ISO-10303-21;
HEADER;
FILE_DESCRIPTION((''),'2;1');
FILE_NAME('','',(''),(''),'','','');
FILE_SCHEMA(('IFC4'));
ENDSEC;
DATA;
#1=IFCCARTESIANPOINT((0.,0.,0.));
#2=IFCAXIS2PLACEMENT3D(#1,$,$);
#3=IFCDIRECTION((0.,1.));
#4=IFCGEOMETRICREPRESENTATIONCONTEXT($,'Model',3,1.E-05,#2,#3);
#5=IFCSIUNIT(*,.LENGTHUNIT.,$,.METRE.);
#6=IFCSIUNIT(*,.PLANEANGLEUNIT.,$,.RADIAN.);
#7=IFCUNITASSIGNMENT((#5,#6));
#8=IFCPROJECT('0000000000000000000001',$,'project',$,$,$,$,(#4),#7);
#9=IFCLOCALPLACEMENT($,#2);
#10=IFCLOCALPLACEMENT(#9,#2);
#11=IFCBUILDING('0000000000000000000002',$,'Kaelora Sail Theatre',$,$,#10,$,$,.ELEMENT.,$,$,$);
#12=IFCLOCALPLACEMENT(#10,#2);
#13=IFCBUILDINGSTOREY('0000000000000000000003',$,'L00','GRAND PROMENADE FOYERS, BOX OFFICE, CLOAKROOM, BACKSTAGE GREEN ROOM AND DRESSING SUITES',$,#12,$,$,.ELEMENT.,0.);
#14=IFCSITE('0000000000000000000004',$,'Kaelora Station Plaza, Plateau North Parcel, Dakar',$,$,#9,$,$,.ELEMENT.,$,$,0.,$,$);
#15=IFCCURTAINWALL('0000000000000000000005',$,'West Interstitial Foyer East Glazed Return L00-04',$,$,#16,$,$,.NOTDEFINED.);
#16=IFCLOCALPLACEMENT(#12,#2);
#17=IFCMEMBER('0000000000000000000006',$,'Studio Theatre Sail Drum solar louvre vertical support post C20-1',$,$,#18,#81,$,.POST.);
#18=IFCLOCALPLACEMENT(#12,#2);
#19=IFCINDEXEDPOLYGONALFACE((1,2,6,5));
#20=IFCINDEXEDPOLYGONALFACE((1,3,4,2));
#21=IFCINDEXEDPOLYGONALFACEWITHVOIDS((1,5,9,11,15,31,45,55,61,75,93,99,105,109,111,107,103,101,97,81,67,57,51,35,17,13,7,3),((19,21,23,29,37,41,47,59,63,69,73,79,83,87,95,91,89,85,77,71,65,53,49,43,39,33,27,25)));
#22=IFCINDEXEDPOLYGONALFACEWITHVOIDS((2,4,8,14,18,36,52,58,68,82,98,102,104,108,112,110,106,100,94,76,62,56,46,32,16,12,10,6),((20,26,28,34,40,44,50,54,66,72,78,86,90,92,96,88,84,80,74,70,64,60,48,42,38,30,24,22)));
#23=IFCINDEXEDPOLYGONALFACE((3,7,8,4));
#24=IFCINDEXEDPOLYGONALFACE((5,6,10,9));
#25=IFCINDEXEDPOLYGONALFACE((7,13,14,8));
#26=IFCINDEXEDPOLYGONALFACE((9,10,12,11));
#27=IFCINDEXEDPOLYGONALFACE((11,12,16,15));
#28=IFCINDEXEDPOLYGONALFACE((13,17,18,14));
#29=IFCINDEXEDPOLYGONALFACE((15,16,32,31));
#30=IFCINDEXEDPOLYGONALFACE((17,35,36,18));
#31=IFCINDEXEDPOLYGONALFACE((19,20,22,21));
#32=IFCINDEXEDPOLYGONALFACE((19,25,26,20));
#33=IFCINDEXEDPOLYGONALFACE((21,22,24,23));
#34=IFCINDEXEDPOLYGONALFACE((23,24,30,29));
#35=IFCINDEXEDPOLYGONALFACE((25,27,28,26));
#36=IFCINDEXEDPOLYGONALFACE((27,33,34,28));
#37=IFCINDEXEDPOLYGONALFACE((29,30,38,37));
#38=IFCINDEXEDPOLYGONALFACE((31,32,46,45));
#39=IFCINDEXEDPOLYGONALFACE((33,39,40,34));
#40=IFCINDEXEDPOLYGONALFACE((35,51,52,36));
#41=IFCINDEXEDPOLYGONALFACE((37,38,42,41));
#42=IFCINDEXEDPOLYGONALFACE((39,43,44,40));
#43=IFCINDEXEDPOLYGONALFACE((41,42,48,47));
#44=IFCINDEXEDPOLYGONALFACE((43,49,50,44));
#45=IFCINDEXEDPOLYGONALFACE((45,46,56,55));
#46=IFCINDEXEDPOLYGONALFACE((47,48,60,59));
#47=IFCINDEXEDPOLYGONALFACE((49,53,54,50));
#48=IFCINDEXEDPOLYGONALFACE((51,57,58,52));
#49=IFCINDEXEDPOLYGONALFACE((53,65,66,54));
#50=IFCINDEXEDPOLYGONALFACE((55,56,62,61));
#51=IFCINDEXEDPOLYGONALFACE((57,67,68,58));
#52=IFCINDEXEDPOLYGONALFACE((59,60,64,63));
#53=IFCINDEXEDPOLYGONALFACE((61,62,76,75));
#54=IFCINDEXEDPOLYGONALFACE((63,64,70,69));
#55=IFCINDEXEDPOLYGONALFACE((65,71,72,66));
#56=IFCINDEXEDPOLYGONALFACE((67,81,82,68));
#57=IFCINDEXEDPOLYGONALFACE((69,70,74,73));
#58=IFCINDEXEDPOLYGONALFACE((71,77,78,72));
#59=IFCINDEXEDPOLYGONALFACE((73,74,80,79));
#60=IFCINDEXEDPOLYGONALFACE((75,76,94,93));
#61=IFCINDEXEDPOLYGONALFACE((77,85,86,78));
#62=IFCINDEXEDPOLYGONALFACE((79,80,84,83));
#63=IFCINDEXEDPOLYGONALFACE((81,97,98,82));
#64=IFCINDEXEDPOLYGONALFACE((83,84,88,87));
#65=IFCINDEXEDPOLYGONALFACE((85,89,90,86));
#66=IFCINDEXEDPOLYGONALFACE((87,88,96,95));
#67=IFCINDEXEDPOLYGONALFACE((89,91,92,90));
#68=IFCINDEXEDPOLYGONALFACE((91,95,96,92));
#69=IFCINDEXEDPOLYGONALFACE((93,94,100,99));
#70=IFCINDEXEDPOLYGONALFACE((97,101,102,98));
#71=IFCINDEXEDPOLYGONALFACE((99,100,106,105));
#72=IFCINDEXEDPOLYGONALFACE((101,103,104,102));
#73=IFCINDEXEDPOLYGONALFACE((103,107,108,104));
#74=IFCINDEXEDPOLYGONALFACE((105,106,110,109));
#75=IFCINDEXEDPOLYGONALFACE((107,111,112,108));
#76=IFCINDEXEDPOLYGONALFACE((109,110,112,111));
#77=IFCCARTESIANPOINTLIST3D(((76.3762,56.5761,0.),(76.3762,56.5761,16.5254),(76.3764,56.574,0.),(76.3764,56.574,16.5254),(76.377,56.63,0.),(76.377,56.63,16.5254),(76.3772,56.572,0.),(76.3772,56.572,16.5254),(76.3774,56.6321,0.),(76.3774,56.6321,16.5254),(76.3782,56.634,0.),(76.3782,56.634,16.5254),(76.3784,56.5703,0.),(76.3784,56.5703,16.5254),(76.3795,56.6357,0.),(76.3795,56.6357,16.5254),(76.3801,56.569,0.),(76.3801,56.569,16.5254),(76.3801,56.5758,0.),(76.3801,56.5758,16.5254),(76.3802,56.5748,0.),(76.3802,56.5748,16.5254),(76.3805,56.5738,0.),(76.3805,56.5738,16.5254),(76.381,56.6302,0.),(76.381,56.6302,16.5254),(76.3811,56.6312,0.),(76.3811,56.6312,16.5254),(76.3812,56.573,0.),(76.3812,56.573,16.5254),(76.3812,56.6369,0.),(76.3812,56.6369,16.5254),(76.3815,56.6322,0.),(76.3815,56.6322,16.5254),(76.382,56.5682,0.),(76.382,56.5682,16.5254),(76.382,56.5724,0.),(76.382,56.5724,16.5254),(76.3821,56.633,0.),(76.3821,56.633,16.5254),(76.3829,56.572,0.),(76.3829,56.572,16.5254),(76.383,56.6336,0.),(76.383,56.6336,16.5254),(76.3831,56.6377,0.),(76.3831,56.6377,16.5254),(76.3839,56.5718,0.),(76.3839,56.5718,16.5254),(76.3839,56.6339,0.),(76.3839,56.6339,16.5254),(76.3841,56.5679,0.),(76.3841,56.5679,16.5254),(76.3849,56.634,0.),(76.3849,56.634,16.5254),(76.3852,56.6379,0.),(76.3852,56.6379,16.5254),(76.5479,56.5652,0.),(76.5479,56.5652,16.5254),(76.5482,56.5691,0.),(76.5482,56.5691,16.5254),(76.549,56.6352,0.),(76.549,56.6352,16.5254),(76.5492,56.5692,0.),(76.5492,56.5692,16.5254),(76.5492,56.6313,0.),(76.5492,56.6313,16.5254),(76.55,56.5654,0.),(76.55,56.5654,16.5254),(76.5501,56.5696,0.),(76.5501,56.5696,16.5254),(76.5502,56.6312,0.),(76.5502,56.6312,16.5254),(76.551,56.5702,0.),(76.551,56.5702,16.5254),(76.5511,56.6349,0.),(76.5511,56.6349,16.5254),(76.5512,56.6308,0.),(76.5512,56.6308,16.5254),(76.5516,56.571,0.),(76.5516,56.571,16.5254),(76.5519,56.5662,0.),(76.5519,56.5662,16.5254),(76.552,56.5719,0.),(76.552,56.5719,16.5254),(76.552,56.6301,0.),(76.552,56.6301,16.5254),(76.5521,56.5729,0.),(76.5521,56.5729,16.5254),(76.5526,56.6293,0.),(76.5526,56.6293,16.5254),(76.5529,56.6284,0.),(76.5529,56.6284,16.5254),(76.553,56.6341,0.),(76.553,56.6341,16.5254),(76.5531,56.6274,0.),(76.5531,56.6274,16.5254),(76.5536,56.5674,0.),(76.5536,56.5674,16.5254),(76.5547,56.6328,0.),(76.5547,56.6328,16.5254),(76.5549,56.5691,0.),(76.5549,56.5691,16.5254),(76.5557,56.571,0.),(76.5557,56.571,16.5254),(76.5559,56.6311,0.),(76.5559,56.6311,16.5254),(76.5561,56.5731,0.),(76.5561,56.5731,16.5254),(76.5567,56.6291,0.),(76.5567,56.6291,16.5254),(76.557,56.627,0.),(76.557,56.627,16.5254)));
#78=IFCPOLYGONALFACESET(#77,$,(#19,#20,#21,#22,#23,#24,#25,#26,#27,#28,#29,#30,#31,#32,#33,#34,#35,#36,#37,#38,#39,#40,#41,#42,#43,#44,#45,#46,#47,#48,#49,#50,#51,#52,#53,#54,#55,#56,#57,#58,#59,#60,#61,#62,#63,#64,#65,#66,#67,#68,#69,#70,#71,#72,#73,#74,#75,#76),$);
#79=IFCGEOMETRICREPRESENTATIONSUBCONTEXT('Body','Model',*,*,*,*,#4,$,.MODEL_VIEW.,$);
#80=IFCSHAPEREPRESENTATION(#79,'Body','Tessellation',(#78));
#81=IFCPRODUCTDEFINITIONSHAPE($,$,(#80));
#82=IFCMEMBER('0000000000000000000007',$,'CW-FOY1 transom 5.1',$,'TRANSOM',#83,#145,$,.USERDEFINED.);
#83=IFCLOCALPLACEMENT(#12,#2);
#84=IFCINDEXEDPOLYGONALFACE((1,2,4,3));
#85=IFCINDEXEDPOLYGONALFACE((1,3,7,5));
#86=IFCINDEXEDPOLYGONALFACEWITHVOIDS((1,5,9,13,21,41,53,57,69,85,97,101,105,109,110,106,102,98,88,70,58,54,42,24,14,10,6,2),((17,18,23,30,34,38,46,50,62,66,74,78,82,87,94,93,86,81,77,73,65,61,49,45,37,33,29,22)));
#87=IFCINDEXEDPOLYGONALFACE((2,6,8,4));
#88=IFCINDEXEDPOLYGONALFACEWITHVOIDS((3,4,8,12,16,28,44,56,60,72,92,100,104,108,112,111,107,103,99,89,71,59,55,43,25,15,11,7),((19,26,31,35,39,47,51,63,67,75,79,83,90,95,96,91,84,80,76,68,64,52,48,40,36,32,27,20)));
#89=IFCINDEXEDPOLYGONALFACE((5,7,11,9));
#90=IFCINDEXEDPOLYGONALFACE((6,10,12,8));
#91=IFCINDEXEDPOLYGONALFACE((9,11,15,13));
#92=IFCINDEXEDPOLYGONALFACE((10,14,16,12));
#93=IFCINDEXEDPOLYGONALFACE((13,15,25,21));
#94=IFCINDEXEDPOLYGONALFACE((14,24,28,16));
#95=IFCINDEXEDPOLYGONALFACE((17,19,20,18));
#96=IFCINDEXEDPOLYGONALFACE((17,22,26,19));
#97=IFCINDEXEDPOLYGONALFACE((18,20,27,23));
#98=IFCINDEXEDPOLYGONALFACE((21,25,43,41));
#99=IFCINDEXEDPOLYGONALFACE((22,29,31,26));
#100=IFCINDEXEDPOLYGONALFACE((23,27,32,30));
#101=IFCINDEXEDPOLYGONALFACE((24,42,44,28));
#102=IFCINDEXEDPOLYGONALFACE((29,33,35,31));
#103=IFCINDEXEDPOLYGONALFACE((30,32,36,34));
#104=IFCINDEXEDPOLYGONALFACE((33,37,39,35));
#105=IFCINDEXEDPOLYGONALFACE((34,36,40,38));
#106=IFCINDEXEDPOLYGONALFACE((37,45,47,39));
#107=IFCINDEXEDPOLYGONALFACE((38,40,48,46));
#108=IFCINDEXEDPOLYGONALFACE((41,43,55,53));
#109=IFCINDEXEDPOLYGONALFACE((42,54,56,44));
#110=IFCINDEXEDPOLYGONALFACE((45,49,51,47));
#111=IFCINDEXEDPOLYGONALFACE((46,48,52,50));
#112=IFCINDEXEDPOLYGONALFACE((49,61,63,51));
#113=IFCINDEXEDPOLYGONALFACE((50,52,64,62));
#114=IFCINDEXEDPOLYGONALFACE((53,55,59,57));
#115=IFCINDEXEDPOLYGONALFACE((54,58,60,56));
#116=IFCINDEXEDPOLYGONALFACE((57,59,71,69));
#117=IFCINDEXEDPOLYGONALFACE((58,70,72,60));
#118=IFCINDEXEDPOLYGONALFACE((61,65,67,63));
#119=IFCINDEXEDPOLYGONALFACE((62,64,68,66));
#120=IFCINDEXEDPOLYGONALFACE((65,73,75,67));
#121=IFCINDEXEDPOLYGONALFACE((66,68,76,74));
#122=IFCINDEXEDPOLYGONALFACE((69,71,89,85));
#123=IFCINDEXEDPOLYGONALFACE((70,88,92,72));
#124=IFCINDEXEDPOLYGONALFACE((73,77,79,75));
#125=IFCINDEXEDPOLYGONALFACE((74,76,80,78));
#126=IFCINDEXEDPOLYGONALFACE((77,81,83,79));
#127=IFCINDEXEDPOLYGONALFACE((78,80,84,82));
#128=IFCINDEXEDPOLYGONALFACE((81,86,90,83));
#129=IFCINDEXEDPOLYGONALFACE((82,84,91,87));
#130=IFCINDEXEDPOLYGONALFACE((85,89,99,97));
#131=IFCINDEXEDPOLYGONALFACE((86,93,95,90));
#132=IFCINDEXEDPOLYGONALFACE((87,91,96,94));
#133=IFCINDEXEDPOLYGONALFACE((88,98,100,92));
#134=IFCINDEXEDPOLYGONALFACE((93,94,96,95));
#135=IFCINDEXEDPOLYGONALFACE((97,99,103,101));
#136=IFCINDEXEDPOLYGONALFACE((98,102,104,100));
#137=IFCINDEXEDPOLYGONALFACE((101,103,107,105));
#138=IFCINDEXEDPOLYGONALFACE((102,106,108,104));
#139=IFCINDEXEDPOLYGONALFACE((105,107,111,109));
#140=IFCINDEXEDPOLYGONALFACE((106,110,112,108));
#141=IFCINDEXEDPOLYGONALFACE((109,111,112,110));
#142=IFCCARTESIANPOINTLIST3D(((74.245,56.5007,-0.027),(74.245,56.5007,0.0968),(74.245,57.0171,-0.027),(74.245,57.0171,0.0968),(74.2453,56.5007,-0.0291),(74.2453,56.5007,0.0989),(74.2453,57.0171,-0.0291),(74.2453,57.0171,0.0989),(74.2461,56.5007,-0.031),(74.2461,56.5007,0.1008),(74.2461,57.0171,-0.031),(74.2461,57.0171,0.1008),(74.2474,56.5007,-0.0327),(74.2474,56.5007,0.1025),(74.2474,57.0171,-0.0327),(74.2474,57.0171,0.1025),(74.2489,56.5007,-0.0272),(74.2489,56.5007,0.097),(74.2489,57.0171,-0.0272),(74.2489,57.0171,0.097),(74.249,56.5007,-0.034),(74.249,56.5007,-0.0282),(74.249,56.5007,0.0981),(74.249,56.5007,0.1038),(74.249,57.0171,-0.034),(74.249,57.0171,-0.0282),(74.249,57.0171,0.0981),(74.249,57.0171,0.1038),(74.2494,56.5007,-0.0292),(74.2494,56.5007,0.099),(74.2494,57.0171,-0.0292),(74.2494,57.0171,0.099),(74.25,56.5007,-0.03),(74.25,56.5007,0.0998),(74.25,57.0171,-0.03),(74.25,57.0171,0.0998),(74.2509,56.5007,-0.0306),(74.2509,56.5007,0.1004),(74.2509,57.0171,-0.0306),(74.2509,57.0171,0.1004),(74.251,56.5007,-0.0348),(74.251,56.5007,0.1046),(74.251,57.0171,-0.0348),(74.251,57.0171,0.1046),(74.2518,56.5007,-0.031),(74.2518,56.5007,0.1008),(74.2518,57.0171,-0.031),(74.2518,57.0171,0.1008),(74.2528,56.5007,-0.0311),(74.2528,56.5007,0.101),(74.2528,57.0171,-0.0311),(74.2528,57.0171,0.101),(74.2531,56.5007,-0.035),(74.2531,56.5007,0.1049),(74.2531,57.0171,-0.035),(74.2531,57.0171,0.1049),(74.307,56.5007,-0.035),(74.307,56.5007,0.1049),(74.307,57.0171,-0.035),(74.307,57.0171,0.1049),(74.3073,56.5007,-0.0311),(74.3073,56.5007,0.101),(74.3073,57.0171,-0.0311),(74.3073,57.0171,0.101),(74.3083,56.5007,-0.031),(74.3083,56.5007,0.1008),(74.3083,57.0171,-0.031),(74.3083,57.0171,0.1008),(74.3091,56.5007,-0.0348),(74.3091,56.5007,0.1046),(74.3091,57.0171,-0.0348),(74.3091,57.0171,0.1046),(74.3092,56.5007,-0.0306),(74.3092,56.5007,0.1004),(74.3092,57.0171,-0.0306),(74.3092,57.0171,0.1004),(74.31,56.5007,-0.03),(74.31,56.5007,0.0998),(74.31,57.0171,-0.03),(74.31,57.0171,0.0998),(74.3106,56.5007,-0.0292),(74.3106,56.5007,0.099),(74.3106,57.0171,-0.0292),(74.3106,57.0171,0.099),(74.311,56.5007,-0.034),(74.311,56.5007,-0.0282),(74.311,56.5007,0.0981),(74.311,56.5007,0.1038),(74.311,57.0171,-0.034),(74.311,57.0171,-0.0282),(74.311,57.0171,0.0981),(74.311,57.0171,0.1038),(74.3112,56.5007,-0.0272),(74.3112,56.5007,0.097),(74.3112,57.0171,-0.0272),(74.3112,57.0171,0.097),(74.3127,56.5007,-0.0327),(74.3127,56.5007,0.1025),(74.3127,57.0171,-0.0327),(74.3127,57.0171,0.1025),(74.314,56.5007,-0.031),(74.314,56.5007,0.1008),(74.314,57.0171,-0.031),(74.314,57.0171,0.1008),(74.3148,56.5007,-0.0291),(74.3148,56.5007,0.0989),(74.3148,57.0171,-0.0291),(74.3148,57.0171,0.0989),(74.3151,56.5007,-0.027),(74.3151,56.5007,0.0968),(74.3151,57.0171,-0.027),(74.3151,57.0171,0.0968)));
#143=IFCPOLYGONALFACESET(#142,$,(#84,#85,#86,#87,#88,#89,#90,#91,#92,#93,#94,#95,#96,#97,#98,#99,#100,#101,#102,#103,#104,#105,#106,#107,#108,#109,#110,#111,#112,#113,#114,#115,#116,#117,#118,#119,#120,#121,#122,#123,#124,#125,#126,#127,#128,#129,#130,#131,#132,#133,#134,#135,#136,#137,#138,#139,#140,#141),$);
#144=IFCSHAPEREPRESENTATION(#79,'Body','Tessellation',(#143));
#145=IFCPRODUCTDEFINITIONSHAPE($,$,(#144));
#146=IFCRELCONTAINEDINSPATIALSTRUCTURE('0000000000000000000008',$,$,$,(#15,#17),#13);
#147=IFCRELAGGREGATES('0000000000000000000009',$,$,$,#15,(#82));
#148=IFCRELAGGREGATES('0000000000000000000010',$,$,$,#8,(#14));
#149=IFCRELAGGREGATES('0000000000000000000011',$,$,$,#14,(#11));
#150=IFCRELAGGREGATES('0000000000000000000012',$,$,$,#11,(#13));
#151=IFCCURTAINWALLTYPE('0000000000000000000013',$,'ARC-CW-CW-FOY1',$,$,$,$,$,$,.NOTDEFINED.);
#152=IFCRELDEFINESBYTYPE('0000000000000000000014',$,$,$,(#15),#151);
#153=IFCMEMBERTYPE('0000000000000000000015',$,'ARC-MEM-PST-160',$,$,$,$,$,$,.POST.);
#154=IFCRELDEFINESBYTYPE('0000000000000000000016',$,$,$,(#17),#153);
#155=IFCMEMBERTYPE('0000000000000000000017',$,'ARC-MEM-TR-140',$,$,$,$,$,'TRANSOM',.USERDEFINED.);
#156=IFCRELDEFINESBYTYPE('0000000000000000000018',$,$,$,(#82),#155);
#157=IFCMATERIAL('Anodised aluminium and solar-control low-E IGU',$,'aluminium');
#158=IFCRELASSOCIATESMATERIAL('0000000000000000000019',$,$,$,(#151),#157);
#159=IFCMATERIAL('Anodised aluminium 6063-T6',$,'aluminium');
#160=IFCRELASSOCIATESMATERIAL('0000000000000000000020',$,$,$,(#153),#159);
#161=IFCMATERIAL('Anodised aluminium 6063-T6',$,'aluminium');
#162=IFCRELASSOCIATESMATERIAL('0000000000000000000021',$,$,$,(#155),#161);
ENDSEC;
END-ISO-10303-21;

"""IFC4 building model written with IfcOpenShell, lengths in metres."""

from ifc_helpers import new_model, si_unit, direction, frame, origin, origin_2d, place, context, subcontext, project, spatial, hollow_rectangle, extrude, material, material_profile, profile_set, type_object, element, aggregate, save


model = new_model("IFC4")

# Units and contexts
model_context = context("Model", 3, precision=1e-05, world=origin(), true_north=direction((0.0, 1.0)))
body_context = subcontext(model_context, "Body", "Model", "MODEL_VIEW")
ifc_project = project(units=[si_unit("LENGTHUNIT", "METRE"), si_unit("PLANEANGLEUNIT", "RADIAN")], contexts=[model_context])

# Site, building, storey
site_placement = place(None, origin())
site = spatial("IfcSite", under=ifc_project, at=site_placement, Name="Kaelora Station Plaza, Plateau North Parcel, Dakar", CompositionType="ELEMENT", RefElevation=0.0)
building_placement = place(site_placement, origin())
building = spatial("IfcBuilding", under=site, at=building_placement, Name="Kaelora Sail Theatre", CompositionType="ELEMENT")
storey_placement = place(building_placement, origin())
storey = spatial("IfcBuildingStorey", under=building, at=storey_placement, Name="L00", Description="GRAND PROMENADE FOYERS, BOX OFFICE, CLOAKROOM, BACKSTAGE GREEN ROOM AND DRESSING SUITES", CompositionType="ELEMENT", Elevation=0.0)

# Curtain wall
ifc_material_1 = material(Name="Anodised aluminium and solar-control low-E IGU", Category="aluminium")
curtain_wall_type = type_object("IfcCurtainWallType", Name="ARC-CW-CW-FOY1", PredefinedType="NOTDEFINED", material=ifc_material_1)
curtain_wall_placement = place(storey_placement, origin())
curtain_wall = element("IfcCurtainWall", 1, at=curtain_wall_placement, inside=storey, type_object=curtain_wall_type, Name="West Interstitial Foyer East Glazed Return L00-04", PredefinedType="NOTDEFINED")

# Members
ifc_material_2 = material(Name="Anodised aluminium 6063-T6", Category="aluminium")
ifc_material_profile_1 = material_profile(ifc_material_2, hollow_rectangle(XDim=0.0701, YDim=0.1799, WallThickness=0.0039, InnerFilletRadius=0.0039, OuterFilletRadius=0.0081, at=origin_2d()), Name="ALU-MULL 70x180x4")
ifc_profile_set_1 = profile_set([ifc_material_profile_1], Name="Anodised aluminium 6063-T6")
member_type_1 = type_object("IfcMemberType", Name="ARC-MEM-PST-160", PredefinedType="POST", material=ifc_profile_set_1)
member_1_placement = place(storey_placement, frame((76.4666, 56.6016, 0.0), z_axis=(0.0, 0.0, 1.0), x_axis=(0.01658, 0.999863, 0.0)))
element("IfcMember", 2, at=member_1_placement, inside=storey, type_object=member_type_1, Name="Studio Theatre Sail Drum solar louvre vertical support post C20-1", PredefinedType="POST", context=body_context, shape_type="SweptSolid", body=[
    extrude(hollow_rectangle(XDim=0.0701, YDim=0.1799, WallThickness=0.0039, InnerFilletRadius=0.0039, OuterFilletRadius=0.0081, at=origin_2d()), origin(), (0.0, 0.0, 1.0), 16.5254),
])
ifc_material_3 = material(Name="Anodised aluminium 6063-T6", Category="aluminium")
ifc_material_profile_2 = material_profile(ifc_material_3, hollow_rectangle(XDim=0.0701, YDim=0.1399, WallThickness=0.0039, InnerFilletRadius=0.0039, OuterFilletRadius=0.0081, at=origin_2d()), Name="ALU-TRAN 70x140x4")
ifc_profile_set_2 = profile_set([ifc_material_profile_2], Name="Anodised aluminium 6063-T6")
member_type_2 = type_object("IfcMemberType", Name="ARC-MEM-TR-140", ElementType="TRANSOM", PredefinedType="USERDEFINED", material=ifc_profile_set_2)
member_2_placement = place(storey_placement, frame((74.28, 56.5007, 0.0349), z_axis=(0.0, 1.0, 0.0), x_axis=(-1.0, 0.0, 0.0)))
member_2 = element("IfcMember", 3, at=member_2_placement, type_object=member_type_2, Name="CW-FOY1 transom 5.1", ObjectType="TRANSOM", PredefinedType="USERDEFINED", context=body_context, shape_type="SweptSolid", body=[
    extrude(hollow_rectangle(XDim=0.0701, YDim=0.1399, WallThickness=0.0039, InnerFilletRadius=0.0039, OuterFilletRadius=0.0081, at=origin_2d()), origin(), (0.0, 0.0, 1.0), 0.5164),
])

aggregate(curtain_wall, [member_2])

save(model, "model.ifc")
